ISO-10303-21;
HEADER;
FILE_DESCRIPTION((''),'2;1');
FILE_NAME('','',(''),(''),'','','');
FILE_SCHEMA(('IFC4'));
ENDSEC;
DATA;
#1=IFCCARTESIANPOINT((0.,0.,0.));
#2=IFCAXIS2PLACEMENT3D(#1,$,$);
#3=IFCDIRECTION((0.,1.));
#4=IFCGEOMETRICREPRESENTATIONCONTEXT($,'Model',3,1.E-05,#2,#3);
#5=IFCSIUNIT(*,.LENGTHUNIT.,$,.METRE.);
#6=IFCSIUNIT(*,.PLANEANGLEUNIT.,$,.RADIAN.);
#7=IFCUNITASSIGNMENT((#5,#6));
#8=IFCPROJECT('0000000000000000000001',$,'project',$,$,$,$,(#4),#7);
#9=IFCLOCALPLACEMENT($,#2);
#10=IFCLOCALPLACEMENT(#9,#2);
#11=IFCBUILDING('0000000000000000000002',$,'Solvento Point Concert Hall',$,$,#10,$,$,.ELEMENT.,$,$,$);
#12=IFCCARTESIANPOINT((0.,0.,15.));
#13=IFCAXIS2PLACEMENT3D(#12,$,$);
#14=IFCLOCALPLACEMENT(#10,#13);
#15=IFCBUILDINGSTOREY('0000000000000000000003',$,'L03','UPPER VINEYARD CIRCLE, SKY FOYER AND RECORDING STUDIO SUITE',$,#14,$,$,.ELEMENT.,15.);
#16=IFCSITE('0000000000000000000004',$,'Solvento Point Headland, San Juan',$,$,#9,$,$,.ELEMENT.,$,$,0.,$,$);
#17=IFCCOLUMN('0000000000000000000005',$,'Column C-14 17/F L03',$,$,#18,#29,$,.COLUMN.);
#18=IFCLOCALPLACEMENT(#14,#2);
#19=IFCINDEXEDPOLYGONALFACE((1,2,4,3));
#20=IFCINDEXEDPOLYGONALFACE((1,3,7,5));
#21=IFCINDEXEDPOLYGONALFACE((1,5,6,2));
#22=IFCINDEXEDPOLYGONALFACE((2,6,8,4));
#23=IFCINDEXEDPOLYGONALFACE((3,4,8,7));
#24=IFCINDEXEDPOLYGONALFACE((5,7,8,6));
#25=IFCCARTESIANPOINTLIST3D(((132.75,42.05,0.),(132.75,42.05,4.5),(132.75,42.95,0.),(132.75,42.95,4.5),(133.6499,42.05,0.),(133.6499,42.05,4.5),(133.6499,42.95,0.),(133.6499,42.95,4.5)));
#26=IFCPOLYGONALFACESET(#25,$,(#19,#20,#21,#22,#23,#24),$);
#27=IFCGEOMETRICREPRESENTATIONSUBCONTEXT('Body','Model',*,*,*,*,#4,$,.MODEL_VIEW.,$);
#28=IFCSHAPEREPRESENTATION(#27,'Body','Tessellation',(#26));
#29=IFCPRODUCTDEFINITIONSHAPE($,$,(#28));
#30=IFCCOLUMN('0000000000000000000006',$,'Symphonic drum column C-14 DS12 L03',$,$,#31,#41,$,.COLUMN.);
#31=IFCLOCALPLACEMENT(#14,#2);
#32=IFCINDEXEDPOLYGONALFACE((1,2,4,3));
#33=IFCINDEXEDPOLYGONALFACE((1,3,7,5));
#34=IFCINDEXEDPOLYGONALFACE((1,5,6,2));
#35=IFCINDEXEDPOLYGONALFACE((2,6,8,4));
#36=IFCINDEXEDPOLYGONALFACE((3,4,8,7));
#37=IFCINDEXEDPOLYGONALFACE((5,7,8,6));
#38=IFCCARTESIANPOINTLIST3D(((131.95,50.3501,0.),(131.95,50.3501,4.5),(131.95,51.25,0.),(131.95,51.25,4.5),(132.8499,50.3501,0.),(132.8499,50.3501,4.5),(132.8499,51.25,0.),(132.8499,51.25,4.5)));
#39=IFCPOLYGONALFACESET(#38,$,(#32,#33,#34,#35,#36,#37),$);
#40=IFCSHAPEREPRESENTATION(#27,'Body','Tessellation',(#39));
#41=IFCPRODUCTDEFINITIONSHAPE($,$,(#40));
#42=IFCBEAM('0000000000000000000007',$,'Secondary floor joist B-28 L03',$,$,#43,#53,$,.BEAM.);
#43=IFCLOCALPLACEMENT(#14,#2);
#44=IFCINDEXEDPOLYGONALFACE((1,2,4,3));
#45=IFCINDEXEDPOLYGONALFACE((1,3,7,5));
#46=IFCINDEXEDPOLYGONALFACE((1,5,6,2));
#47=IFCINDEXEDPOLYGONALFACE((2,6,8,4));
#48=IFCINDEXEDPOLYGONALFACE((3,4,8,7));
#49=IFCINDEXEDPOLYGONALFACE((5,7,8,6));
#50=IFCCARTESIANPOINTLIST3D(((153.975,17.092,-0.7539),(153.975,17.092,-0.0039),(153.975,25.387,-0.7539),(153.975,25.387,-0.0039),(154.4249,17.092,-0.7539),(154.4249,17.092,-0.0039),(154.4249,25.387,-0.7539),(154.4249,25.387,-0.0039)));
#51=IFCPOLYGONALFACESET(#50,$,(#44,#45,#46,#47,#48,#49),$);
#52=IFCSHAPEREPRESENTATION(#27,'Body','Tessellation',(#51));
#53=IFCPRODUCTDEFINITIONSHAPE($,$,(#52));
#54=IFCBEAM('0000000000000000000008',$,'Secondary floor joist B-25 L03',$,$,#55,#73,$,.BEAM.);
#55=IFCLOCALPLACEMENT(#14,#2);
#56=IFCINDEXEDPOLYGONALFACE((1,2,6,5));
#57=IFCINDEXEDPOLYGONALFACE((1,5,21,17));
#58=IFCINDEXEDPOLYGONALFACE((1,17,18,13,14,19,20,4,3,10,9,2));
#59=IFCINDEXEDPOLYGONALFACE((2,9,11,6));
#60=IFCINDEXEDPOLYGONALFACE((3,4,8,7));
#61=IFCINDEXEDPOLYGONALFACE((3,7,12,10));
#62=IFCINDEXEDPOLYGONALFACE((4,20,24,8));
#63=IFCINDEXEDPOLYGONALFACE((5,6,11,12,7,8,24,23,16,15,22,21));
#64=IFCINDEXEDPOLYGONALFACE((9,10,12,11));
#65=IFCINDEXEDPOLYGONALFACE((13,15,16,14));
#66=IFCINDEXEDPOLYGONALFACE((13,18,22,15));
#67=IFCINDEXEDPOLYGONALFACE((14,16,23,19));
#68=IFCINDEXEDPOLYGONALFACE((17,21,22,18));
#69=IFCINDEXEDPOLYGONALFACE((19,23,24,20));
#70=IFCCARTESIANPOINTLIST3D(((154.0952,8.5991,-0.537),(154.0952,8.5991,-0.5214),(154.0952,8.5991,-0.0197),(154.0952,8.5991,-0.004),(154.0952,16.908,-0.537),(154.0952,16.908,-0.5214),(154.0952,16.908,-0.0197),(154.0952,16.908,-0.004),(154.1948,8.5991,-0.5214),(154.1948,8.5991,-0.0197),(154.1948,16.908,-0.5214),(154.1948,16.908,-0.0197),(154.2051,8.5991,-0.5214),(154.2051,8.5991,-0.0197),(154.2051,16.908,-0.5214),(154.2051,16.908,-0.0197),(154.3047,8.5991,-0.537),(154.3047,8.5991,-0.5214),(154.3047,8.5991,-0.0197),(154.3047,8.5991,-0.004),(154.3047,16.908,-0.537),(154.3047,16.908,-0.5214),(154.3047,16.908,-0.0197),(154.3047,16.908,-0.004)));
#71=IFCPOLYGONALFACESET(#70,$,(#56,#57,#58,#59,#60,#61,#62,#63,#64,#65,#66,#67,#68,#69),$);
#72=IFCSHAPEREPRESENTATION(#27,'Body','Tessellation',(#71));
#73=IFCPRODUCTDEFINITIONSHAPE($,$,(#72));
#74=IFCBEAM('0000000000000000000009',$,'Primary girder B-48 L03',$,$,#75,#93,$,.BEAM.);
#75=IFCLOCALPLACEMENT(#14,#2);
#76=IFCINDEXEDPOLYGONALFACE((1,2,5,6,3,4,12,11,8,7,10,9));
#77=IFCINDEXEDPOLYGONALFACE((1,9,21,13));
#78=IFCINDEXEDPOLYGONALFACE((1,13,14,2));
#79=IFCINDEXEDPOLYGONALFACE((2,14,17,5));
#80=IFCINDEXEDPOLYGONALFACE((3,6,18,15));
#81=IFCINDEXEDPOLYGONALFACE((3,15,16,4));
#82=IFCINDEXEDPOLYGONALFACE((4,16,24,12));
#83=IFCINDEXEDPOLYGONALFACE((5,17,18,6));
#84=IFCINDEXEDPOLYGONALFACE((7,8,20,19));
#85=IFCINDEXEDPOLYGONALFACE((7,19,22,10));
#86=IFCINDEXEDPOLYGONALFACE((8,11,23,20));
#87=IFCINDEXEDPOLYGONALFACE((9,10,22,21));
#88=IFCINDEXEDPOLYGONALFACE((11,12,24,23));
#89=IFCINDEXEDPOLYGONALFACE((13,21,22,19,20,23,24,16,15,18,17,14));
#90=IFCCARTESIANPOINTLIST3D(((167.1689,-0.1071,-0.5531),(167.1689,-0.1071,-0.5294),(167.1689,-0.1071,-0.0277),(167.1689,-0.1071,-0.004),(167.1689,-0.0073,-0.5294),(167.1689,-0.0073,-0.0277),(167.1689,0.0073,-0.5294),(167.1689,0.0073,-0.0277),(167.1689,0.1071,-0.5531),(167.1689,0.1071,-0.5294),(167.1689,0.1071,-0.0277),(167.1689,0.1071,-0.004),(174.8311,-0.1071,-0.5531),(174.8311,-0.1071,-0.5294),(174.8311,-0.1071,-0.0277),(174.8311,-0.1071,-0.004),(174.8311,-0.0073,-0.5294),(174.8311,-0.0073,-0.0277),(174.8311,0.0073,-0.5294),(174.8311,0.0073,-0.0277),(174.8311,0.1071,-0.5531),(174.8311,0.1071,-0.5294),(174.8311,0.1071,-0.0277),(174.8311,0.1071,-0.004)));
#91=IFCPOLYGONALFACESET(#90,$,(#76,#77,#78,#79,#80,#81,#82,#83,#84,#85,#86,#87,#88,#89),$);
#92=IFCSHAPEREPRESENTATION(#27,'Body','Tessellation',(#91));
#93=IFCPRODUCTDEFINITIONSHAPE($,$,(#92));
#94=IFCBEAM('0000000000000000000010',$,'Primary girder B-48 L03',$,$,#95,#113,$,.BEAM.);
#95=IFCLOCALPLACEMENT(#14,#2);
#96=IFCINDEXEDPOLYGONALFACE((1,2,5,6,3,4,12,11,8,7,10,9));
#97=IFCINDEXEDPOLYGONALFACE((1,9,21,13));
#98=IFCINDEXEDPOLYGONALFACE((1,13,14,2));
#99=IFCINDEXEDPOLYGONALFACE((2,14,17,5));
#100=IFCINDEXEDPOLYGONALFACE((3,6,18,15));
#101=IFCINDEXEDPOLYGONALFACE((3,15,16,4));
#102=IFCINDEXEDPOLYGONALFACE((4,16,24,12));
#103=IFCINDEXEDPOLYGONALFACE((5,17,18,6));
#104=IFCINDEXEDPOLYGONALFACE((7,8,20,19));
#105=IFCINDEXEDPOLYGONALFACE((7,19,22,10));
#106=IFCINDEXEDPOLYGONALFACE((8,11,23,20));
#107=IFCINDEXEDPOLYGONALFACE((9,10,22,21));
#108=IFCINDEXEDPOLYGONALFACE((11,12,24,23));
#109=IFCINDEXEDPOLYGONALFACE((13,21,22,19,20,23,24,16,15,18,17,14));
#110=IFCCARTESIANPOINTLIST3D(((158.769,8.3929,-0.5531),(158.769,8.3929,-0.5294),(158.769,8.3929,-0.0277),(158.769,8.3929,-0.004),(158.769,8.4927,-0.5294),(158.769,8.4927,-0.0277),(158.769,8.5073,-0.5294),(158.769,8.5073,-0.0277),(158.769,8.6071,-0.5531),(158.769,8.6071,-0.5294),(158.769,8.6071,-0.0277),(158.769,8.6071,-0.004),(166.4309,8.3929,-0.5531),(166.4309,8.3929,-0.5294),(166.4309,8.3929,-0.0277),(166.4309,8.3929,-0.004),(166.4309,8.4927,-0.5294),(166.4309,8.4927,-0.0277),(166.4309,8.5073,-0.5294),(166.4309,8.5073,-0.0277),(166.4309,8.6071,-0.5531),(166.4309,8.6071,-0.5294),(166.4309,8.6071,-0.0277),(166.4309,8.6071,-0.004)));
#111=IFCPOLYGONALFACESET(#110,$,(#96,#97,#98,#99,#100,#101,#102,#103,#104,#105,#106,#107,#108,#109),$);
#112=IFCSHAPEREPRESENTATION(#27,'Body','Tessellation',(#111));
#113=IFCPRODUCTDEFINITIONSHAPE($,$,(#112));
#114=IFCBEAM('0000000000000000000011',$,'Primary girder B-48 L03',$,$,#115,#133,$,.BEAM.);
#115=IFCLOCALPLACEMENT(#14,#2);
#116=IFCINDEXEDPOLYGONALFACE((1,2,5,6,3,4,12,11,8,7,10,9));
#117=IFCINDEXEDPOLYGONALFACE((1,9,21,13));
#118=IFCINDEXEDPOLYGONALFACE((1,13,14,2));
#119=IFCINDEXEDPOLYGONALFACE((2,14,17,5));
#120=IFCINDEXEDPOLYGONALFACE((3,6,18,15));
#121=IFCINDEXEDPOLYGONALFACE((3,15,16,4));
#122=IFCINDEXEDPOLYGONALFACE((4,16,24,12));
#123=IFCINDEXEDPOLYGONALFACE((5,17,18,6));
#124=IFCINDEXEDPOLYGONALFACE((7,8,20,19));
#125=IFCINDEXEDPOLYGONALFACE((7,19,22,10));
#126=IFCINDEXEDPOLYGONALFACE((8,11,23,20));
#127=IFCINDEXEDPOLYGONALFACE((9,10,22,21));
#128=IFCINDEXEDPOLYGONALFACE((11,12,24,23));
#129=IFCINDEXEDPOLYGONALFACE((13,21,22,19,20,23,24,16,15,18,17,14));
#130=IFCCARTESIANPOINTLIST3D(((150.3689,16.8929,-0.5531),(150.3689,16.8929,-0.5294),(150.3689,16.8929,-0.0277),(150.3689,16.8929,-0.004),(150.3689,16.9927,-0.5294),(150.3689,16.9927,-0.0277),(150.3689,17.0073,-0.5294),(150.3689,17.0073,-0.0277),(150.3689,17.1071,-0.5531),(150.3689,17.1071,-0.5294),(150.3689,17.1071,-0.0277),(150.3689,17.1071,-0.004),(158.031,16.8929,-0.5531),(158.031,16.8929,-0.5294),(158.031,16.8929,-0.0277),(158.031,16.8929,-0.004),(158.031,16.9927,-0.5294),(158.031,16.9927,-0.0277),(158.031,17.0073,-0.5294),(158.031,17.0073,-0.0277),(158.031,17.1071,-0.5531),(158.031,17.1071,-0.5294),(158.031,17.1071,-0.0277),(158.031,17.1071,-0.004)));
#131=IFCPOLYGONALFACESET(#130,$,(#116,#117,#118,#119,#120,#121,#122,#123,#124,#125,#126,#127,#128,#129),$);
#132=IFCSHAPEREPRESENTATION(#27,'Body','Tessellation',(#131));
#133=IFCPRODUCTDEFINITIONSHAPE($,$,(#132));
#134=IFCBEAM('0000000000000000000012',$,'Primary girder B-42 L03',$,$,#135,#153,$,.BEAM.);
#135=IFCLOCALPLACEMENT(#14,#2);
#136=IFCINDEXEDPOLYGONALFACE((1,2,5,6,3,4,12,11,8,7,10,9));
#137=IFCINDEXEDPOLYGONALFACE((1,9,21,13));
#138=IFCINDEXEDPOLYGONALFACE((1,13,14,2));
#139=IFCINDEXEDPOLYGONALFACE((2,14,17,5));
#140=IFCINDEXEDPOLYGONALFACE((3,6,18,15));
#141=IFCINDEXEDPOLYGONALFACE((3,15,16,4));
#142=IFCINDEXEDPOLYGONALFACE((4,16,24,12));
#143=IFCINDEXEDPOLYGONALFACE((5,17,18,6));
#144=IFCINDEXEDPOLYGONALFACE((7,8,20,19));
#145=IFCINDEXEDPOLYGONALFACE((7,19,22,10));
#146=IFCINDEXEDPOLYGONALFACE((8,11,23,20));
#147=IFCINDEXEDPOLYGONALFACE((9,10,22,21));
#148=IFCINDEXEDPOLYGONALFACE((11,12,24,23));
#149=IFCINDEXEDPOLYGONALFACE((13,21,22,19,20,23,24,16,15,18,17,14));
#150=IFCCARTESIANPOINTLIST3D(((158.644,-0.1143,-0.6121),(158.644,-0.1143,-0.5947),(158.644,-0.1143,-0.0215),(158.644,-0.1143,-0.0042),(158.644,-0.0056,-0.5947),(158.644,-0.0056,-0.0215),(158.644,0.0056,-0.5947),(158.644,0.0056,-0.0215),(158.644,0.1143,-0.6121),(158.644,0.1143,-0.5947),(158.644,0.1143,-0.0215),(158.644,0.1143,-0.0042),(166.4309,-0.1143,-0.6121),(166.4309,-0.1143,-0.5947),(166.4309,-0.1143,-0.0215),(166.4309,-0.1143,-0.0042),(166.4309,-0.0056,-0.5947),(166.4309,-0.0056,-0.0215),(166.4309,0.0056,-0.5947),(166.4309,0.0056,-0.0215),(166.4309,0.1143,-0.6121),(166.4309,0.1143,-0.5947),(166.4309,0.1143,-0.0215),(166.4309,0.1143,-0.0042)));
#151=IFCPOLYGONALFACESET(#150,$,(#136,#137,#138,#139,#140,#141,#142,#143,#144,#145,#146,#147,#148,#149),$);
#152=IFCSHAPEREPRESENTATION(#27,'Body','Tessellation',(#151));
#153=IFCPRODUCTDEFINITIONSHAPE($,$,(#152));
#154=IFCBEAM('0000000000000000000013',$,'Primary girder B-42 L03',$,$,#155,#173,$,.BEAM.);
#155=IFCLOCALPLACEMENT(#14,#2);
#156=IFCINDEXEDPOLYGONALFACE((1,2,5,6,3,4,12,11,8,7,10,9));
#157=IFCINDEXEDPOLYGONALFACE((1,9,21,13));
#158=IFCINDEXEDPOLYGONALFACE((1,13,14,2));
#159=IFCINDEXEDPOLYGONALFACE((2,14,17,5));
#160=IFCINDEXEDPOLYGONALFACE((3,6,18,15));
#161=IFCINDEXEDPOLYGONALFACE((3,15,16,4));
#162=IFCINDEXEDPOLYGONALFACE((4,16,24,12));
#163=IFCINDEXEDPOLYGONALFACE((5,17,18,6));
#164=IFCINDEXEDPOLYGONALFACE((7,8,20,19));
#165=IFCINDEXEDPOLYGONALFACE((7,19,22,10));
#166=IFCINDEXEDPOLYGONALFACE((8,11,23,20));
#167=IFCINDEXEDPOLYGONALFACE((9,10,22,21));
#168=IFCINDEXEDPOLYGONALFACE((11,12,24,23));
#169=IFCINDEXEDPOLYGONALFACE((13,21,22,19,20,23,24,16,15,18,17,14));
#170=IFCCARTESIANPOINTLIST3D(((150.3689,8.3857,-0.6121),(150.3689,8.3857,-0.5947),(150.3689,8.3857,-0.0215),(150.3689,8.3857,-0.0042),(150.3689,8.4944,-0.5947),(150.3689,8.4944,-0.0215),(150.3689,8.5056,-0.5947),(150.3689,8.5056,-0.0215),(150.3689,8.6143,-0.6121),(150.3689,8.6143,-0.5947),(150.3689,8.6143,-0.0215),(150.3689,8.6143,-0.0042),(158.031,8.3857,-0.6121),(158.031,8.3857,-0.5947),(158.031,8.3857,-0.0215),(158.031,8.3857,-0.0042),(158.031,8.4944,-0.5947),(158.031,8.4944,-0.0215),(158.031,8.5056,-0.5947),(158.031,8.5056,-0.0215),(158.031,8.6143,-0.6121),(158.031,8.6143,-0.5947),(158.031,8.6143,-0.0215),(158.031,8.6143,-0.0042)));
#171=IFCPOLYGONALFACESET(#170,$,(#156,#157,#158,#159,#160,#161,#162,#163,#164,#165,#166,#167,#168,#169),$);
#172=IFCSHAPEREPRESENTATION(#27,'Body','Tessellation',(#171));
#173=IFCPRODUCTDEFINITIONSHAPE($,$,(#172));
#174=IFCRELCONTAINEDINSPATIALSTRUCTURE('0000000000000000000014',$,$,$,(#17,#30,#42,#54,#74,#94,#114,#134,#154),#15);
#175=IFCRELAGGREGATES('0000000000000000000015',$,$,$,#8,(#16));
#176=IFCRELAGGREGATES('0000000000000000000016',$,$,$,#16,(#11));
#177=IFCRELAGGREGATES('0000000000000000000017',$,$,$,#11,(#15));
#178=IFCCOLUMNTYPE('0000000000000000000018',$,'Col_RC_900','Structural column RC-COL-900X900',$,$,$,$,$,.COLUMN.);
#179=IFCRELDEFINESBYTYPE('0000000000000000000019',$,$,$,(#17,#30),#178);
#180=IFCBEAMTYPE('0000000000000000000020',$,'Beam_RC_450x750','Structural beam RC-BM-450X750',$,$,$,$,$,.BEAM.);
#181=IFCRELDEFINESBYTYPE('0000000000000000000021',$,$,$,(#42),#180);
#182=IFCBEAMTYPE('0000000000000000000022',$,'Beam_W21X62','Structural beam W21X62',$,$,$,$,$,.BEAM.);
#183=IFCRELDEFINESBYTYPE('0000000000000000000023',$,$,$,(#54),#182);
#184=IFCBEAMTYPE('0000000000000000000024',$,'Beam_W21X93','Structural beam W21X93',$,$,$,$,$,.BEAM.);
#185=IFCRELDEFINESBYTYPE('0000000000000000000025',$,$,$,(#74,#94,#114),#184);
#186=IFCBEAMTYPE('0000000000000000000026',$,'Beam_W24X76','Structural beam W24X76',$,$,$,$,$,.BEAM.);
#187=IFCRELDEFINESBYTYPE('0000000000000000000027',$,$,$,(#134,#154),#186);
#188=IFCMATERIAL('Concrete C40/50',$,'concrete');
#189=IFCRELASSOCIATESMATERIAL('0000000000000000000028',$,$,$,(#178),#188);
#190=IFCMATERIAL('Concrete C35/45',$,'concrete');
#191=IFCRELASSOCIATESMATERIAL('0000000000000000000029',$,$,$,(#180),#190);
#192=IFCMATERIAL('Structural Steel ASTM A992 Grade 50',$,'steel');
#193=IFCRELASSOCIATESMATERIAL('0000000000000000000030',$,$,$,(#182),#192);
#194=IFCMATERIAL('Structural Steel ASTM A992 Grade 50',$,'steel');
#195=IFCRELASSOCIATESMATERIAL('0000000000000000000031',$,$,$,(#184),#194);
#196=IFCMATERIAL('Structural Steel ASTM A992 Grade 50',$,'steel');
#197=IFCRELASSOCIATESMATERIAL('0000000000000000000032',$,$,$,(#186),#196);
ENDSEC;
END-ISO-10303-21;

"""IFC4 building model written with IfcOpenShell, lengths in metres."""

from ifc_helpers import new_model, si_unit, direction, frame, origin, origin_2d, place, context, subcontext, project, spatial, rectangle, i_section, extrude, material, material_profile, profile_set, type_object, element, save


model = new_model("IFC4")

# Units and contexts
model_context = context("Model", 3, precision=1e-05, world=origin(), true_north=direction((0.0, 1.0)))
body_context = subcontext(model_context, "Body", "Model", "MODEL_VIEW")
ifc_project = project(units=[si_unit("LENGTHUNIT", "METRE"), si_unit("PLANEANGLEUNIT", "RADIAN")], contexts=[model_context])

# Site, building, storey
site_placement = place(None, origin())
site = spatial("IfcSite", under=ifc_project, at=site_placement, Name="Solvento Point Headland, San Juan", CompositionType="ELEMENT", RefElevation=0.0)
building_placement = place(site_placement, origin())
building = spatial("IfcBuilding", under=site, at=building_placement, Name="Solvento Point Concert Hall", CompositionType="ELEMENT")
storey_placement = place(building_placement, frame((0.0, 0.0, 15.0)))
storey = spatial("IfcBuildingStorey", under=building, at=storey_placement, Name="L03", Description="UPPER VINEYARD CIRCLE, SKY FOYER AND RECORDING STUDIO SUITE", CompositionType="ELEMENT", Elevation=15.0)

# Columns
ifc_material_1 = material(Name="Concrete C40/50", Category="concrete")
ifc_material_profile_1 = material_profile(ifc_material_1, rectangle(XDim=0.8999, YDim=0.8999, at=origin_2d()), Name="RC-COL-900X900")
ifc_profile_set_1 = profile_set([ifc_material_profile_1], Name="Concrete C40/50")
column_type = type_object("IfcColumnType", Name="Col_RC_900", Description="Structural column RC-COL-900X900", PredefinedType="COLUMN", material=ifc_profile_set_1)
for number, where, z_axis, x_axis, name in (
    (1, (133.2, 42.5, 0.0), (0.0, 0.0, 1.0), (1.0, 0.0, 0.0), "Column C-14 17/F L03"),
    (2, (132.3999, 50.8, 0.0), (0.0, 0.0, 1.0), (1.0, 0.0, 0.0), "Symphonic drum column C-14 DS12 L03"),
):
    element("IfcColumn", number, at=place(storey_placement, frame(where, z_axis=z_axis, x_axis=x_axis)), inside=storey, type_object=column_type, Name=name, PredefinedType="COLUMN", context=body_context, shape_type="SweptSolid", body=[
        extrude(rectangle(XDim=0.8999, YDim=0.8999, at=origin_2d()), origin(), (0.0, 0.0, 1.0), 4.5),
    ])

# Beams
ifc_material_2 = material(Name="Concrete C35/45", Category="concrete")
ifc_material_profile_2 = material_profile(ifc_material_2, rectangle(XDim=0.45, YDim=0.75, at=origin_2d()), Name="RC-BM-450X750")
ifc_profile_set_2 = profile_set([ifc_material_profile_2], Name="Concrete C35/45")
beam_type_1 = type_object("IfcBeamType", Name="Beam_RC_450x750", Description="Structural beam RC-BM-450X750", PredefinedType="BEAM", material=ifc_profile_set_2)
beam_1_placement = place(storey_placement, frame((154.2, 17.092, -0.3789), z_axis=(0.0, 1.0, 0.0), x_axis=(-1.0, 0.0, 0.0)))
element("IfcBeam", 3, at=beam_1_placement, inside=storey, type_object=beam_type_1, Name="Secondary floor joist B-28 L03", PredefinedType="BEAM", context=body_context, shape_type="SweptSolid", body=[
    extrude(rectangle(XDim=0.45, YDim=0.75, at=origin_2d()), origin(), (0.0, 0.0, 1.0), 8.2949),
])
ifc_material_3 = material(Name="Structural Steel ASTM A992 Grade 50", Category="steel")
ifc_material_profile_3 = material_profile(ifc_material_3, i_section(OverallWidth=0.2095, OverallDepth=0.533, WebThickness=0.0103, FlangeThickness=0.0156, at=origin_2d()), Name="W21X62")
ifc_profile_set_3 = profile_set([ifc_material_profile_3], Name="Structural Steel ASTM A992 Grade 50")
beam_type_2 = type_object("IfcBeamType", Name="Beam_W21X62", Description="Structural beam W21X62", PredefinedType="BEAM", material=ifc_profile_set_3)
beam_2_placement = place(storey_placement, frame((154.2, 8.5991, -0.2705), z_axis=(0.0, 1.0, 0.0), x_axis=(-1.0, 0.0, 0.0)))
element("IfcBeam", 4, at=beam_2_placement, inside=storey, type_object=beam_type_2, Name="Secondary floor joist B-25 L03", PredefinedType="BEAM", context=body_context, shape_type="SweptSolid", body=[
    extrude(i_section(OverallWidth=0.2095, OverallDepth=0.533, WebThickness=0.0103, FlangeThickness=0.0156, at=origin_2d()), origin(), (0.0, 0.0, 1.0), 8.3088),
])
ifc_material_4 = material(Name="Structural Steel ASTM A992 Grade 50", Category="steel")
ifc_material_profile_4 = material_profile(ifc_material_4, i_section(OverallWidth=0.2141, OverallDepth=0.5491, WebThickness=0.0146, FlangeThickness=0.0237, at=origin_2d()), Name="W21X93")
ifc_profile_set_4 = profile_set([ifc_material_profile_4], Name="Structural Steel ASTM A992 Grade 50")
beam_type_3 = type_object("IfcBeamType", Name="Beam_W21X93", Description="Structural beam W21X93", PredefinedType="BEAM", material=ifc_profile_set_4)
beam_3_placement = place(storey_placement, frame((167.1689, 0.0, -0.2786), z_axis=(1.0, 0.0, 0.0), x_axis=(0.0, 1.0, 0.0)))
element("IfcBeam", 5, at=beam_3_placement, inside=storey, type_object=beam_type_3, Name="Primary girder B-48 L03", PredefinedType="BEAM", context=body_context, shape_type="SweptSolid", body=[
    extrude(i_section(OverallWidth=0.2141, OverallDepth=0.5491, WebThickness=0.0146, FlangeThickness=0.0237, at=origin_2d()), origin(), (0.0, 0.0, 1.0), 7.6621),
])
beam_4_placement = place(storey_placement, frame((158.769, 8.5, -0.2786), z_axis=(1.0, 0.0, 0.0), x_axis=(0.0, 1.0, 0.0)))
element("IfcBeam", 6, at=beam_4_placement, inside=storey, type_object=beam_type_3, Name="Primary girder B-48 L03", PredefinedType="BEAM", context=body_context, shape_type="SweptSolid", body=[
    extrude(i_section(OverallWidth=0.2141, OverallDepth=0.5491, WebThickness=0.0146, FlangeThickness=0.0237, at=origin_2d()), origin(), (0.0, 0.0, 1.0), 7.6619),
])
beam_5_placement = place(storey_placement, frame((150.3689, 17.0, -0.2786), z_axis=(1.0, 0.0, 0.0), x_axis=(0.0, 1.0, 0.0)))
element("IfcBeam", 7, at=beam_5_placement, inside=storey, type_object=beam_type_3, Name="Primary girder B-48 L03", PredefinedType="BEAM", context=body_context, shape_type="SweptSolid", body=[
    extrude(i_section(OverallWidth=0.2141, OverallDepth=0.5491, WebThickness=0.0146, FlangeThickness=0.0237, at=origin_2d()), origin(), (0.0, 0.0, 1.0), 7.6621),
])
ifc_material_5 = material(Name="Structural Steel ASTM A992 Grade 50", Category="steel")
ifc_material_profile_5 = material_profile(ifc_material_5, i_section(OverallWidth=0.2285, OverallDepth=0.6079, WebThickness=0.0112, FlangeThickness=0.0173, at=origin_2d()), Name="W24X76")
ifc_profile_set_5 = profile_set([ifc_material_profile_5], Name="Structural Steel ASTM A992 Grade 50")
beam_type_4 = type_object("IfcBeamType", Name="Beam_W24X76", Description="Structural beam W24X76", PredefinedType="BEAM", material=ifc_profile_set_5)
beam_6_placement = place(storey_placement, frame((158.644, 0.0, -0.3081), z_axis=(1.0, 0.0, 0.0), x_axis=(0.0, 1.0, 0.0)))
element("IfcBeam", 8, at=beam_6_placement, inside=storey, type_object=beam_type_4, Name="Primary girder B-42 L03", PredefinedType="BEAM", context=body_context, shape_type="SweptSolid", body=[
    extrude(i_section(OverallWidth=0.2285, OverallDepth=0.6079, WebThickness=0.0112, FlangeThickness=0.0173, at=origin_2d()), origin(), (0.0, 0.0, 1.0), 7.7869),
])
beam_7_placement = place(storey_placement, frame((150.3689, 8.5, -0.3081), z_axis=(1.0, 0.0, 0.0), x_axis=(0.0, 1.0, 0.0)))
element("IfcBeam", 9, at=beam_7_placement, inside=storey, type_object=beam_type_4, Name="Primary girder B-42 L03", PredefinedType="BEAM", context=body_context, shape_type="SweptSolid", body=[
    extrude(i_section(OverallWidth=0.2285, OverallDepth=0.6079, WebThickness=0.0112, FlangeThickness=0.0173, at=origin_2d()), origin(), (0.0, 0.0, 1.0), 7.6621),
])

save(model, "model.ifc")
